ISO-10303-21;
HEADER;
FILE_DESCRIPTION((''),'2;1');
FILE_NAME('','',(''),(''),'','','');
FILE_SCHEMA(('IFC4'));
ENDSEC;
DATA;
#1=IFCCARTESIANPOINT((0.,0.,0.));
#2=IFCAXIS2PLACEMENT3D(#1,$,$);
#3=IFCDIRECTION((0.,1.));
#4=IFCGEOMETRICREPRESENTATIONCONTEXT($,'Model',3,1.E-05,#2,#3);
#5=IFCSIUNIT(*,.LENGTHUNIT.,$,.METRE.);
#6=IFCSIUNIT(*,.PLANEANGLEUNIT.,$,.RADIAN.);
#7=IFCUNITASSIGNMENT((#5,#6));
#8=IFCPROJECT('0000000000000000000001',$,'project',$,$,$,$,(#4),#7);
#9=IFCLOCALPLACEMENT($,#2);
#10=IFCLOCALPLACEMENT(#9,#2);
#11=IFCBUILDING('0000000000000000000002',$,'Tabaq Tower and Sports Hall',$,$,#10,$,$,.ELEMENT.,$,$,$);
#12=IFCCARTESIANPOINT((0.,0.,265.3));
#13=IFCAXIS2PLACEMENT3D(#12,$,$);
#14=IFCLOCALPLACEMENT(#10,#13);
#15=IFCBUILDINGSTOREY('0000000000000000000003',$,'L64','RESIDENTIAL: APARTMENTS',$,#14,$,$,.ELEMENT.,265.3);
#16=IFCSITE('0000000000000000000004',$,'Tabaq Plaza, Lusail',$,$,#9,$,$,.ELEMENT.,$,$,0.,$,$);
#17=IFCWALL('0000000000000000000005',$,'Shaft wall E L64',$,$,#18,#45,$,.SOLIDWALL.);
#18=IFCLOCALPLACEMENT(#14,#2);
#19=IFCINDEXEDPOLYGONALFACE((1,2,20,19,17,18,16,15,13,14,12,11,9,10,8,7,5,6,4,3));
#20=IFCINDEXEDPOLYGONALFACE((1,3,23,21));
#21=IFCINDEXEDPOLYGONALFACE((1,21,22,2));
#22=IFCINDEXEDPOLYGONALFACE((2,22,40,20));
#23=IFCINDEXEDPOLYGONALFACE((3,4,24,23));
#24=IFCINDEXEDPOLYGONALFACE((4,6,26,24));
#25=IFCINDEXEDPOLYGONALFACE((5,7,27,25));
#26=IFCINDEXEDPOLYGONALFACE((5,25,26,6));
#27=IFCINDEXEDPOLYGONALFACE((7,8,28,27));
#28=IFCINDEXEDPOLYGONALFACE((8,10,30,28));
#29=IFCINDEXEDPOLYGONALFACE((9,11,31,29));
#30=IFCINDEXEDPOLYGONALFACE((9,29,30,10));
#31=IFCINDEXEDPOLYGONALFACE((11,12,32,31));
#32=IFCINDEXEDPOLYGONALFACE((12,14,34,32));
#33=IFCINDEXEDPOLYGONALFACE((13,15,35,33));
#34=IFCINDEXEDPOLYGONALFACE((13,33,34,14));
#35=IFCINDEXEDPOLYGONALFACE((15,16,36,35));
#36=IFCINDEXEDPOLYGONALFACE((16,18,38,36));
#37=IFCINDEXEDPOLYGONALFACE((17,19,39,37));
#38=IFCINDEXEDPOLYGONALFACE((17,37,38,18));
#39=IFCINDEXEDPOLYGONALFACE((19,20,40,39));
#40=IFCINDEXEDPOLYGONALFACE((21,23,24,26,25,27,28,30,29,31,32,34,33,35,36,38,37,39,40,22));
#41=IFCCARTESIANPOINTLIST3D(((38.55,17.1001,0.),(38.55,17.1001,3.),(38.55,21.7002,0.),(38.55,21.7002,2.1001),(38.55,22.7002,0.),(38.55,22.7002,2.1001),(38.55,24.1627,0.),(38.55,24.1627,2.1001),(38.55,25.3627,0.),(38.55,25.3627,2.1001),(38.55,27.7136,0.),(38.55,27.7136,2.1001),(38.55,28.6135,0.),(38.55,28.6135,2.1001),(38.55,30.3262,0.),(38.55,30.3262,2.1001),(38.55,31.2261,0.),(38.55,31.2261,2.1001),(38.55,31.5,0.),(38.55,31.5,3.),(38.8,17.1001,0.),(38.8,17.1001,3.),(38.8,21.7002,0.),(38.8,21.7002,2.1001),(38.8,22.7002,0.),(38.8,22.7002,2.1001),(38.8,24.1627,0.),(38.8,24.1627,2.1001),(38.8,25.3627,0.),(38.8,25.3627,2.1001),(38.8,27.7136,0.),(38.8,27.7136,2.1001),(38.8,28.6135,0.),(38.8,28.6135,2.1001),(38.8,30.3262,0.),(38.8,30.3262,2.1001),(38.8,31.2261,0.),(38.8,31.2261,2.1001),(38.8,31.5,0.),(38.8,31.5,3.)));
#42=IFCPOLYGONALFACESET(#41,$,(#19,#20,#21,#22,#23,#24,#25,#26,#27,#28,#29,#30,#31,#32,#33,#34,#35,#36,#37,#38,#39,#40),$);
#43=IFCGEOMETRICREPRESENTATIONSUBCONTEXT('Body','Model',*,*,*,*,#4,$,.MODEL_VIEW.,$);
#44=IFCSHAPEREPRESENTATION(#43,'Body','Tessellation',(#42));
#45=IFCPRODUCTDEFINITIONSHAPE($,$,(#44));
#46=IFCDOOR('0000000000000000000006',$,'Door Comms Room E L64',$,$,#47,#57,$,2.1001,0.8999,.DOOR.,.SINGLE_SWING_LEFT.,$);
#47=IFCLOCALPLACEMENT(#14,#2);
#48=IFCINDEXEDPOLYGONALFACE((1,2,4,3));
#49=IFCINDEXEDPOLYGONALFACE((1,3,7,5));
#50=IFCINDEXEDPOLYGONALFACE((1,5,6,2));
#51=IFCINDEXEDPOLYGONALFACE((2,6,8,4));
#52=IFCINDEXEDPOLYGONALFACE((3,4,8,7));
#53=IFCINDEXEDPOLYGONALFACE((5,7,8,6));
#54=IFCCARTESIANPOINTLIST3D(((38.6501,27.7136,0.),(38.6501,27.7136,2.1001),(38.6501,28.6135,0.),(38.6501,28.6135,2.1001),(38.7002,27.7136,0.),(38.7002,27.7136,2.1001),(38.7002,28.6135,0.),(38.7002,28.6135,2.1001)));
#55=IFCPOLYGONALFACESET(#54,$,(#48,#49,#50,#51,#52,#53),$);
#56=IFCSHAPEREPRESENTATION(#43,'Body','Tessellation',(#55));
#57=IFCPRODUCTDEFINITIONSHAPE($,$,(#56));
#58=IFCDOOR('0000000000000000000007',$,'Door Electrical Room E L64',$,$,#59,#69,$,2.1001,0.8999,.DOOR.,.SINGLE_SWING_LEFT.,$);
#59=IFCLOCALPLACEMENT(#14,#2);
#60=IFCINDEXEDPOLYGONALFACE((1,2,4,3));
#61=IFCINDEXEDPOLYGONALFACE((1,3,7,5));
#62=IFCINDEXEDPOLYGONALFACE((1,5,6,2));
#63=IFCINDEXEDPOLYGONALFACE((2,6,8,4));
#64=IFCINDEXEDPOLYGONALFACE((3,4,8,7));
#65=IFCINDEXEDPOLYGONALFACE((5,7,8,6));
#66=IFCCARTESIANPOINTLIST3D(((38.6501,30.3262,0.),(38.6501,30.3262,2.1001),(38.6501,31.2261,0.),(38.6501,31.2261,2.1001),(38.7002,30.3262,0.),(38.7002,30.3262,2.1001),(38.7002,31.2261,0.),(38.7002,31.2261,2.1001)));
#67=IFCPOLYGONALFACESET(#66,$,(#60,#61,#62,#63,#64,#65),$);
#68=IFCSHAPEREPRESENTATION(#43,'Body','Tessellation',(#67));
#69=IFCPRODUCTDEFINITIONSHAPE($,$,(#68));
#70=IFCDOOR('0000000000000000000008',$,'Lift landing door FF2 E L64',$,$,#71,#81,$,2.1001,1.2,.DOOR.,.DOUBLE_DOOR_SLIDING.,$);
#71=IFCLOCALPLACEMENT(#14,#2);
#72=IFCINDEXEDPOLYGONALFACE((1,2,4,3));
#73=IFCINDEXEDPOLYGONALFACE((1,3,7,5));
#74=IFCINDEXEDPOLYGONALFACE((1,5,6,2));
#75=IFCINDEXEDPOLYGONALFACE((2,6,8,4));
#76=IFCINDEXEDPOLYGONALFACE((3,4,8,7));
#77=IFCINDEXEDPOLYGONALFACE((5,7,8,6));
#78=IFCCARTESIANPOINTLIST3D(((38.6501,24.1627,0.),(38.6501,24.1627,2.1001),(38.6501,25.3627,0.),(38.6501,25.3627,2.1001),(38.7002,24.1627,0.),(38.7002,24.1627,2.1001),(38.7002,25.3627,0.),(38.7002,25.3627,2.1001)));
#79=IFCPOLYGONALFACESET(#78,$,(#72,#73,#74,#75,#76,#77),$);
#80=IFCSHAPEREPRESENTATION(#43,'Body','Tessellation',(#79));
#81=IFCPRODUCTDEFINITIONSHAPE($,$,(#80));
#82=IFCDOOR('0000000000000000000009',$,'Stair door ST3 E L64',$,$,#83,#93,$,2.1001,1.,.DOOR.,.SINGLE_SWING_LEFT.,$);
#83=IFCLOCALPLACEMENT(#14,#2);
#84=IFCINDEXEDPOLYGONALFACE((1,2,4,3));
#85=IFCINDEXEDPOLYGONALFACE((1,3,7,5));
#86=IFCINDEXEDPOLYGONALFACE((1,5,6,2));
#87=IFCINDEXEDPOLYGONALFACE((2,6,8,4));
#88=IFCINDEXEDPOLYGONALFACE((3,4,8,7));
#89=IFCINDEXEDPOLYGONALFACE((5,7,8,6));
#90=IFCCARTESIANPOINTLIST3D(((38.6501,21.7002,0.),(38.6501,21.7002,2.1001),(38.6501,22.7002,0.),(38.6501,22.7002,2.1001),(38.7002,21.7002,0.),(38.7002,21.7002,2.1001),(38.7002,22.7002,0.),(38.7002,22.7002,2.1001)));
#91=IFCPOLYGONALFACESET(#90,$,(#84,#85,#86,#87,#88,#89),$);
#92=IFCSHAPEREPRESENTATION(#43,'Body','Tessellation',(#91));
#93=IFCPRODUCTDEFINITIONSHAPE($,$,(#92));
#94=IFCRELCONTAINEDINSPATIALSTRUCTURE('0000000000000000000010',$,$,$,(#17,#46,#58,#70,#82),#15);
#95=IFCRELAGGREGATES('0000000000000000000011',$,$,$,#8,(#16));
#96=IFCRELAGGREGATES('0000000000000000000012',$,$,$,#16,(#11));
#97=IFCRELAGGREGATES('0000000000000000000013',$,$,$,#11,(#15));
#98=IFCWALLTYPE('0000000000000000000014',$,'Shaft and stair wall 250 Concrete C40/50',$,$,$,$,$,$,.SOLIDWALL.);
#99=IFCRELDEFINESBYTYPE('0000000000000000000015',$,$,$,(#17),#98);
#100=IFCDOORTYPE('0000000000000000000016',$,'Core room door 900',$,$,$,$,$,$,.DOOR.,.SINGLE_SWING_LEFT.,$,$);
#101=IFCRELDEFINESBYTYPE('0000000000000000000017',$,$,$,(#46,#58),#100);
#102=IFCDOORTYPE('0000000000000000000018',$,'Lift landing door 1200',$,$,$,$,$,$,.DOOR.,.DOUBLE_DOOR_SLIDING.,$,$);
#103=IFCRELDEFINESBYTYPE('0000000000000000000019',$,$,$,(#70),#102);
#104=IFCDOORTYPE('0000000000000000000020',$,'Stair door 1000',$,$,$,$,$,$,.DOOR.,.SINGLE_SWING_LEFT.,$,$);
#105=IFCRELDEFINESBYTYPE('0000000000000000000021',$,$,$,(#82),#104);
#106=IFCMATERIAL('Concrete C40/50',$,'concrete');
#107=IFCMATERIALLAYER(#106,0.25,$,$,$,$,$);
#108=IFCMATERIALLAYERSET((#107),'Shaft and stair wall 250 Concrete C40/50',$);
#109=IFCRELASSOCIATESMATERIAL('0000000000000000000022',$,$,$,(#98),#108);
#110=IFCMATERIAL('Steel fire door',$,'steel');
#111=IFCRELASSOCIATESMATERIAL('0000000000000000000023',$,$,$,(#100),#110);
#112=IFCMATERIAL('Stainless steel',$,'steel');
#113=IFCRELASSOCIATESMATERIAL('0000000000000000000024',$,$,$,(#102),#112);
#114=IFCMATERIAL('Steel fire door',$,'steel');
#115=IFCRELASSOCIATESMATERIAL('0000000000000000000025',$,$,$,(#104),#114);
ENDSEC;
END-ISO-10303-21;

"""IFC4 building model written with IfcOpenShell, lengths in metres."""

from ifc_helpers import new_model, si_unit, direction, frame, frame_2d, origin, place, context, subcontext, project, spatial, rectangle, extrude, material, layer, layer_set, type_object, element, fill, save


model = new_model("IFC4")

# Units and contexts
model_context = context("Model", 3, precision=1e-05, world=origin(), true_north=direction((0.0, 1.0)))
body_context = subcontext(model_context, "Body", "Model", "MODEL_VIEW")
ifc_project = project(units=[si_unit("LENGTHUNIT", "METRE"), si_unit("PLANEANGLEUNIT", "RADIAN")], contexts=[model_context])

# Site, building, storey
site_placement = place(None, origin())
site = spatial("IfcSite", under=ifc_project, at=site_placement, Name="Tabaq Plaza, Lusail", CompositionType="ELEMENT", RefElevation=0.0)
building_placement = place(site_placement, origin())
building = spatial("IfcBuilding", under=site, at=building_placement, Name="Tabaq Tower and Sports Hall", CompositionType="ELEMENT")
storey_placement = place(building_placement, frame((0.0, 0.0, 265.3)))
storey = spatial("IfcBuildingStorey", under=building, at=storey_placement, Name="L64", Description="RESIDENTIAL: APARTMENTS", CompositionType="ELEMENT", Elevation=265.3)

# Wall, openings, doors
ifc_material_1 = material(Name="Concrete C40/50", Category="concrete")
ifc_layer = layer(ifc_material_1, 0.25)
ifc_layer_set = layer_set([ifc_layer], Name="Shaft and stair wall 250 Concrete C40/50")
wall_type = type_object("IfcWallType", Name="Shaft and stair wall 250 Concrete C40/50", PredefinedType="SOLIDWALL", material=ifc_layer_set)
wall_1_placement = place(storey_placement, frame((38.675, 17.1001, 0.0), z_axis=(0.0, 0.0, 1.0), x_axis=(0.0, 1.0, 0.0)))
wall_1 = element("IfcWall", 1, at=wall_1_placement, inside=storey, type_object=wall_type, Name="Shaft wall E L64", PredefinedType="SOLIDWALL", context=body_context, shape_type="SweptSolid", body=[
    extrude(rectangle(XDim=14.3999, YDim=0.25, at=frame_2d((7.2, 0.0))), origin(), (0.0, 0.0, 1.0), 3.0),
])
opening_1_placement = place(wall_1_placement, frame((4.6001, 0.0, 0.0)))
opening_1 = element("IfcOpeningElement", 2, at=opening_1_placement, cuts=wall_1, PredefinedType="OPENING", context=body_context, shape_type="SweptSolid", body=[
    extrude(rectangle(XDim=1.0, YDim=2.1001, at=frame_2d((0.5, 1.05))), frame((0.0, 0.125, 0.0), z_axis=(0.0, -1.0, 0.0), x_axis=(1.0, 0.0, 0.0)), (0.0, 0.0, 1.0), 0.25),
])
opening_2_placement = place(wall_1_placement, frame((7.0625, 0.0, 0.0)))
opening_2 = element("IfcOpeningElement", 3, at=opening_2_placement, cuts=wall_1, PredefinedType="OPENING", context=body_context, shape_type="SweptSolid", body=[
    extrude(rectangle(XDim=1.2, YDim=2.1001, at=frame_2d((0.6001, 1.05))), frame((0.0, 0.125, 0.0), z_axis=(0.0, -1.0, 0.0), x_axis=(1.0, 0.0, 0.0)), (0.0, 0.0, 1.0), 0.25),
])
opening_3_placement = place(wall_1_placement, frame((10.6135, 0.0, 0.0)))
opening_3 = element("IfcOpeningElement", 4, at=opening_3_placement, cuts=wall_1, PredefinedType="OPENING", context=body_context, shape_type="SweptSolid", body=[
    extrude(rectangle(XDim=0.8999, YDim=2.1001, at=frame_2d((0.45, 1.05))), frame((0.0, 0.125, 0.0), z_axis=(0.0, -1.0, 0.0), x_axis=(1.0, 0.0, 0.0)), (0.0, 0.0, 1.0), 0.25),
])
opening_4_placement = place(wall_1_placement, frame((13.2261, 0.0, 0.0)))
opening_4 = element("IfcOpeningElement", 5, at=opening_4_placement, cuts=wall_1, PredefinedType="OPENING", context=body_context, shape_type="SweptSolid", body=[
    extrude(rectangle(XDim=0.8999, YDim=2.1001, at=frame_2d((0.45, 1.05))), frame((0.0, 0.125, 0.0), z_axis=(0.0, -1.0, 0.0), x_axis=(1.0, 0.0, 0.0)), (0.0, 0.0, 1.0), 0.25),
])
ifc_material_2 = material(Name="Steel fire door", Category="steel")
door_type_1 = type_object("IfcDoorType", Name="Core room door 900", OperationType="SINGLE_SWING_LEFT", PredefinedType="DOOR", material=ifc_material_2)
door_1_placement = place(opening_3_placement, origin())
door_1 = element("IfcDoor", 6, at=door_1_placement, inside=storey, type_object=door_type_1, Name="Door Comms Room E L64", OperationType="SINGLE_SWING_LEFT", OverallHeight=2.1001, OverallWidth=0.8999, PredefinedType="DOOR", context=body_context, shape_type="SweptSolid", body=[
    extrude(rectangle(XDim=0.8999, YDim=2.1001, at=frame_2d((0.45, 1.05))), frame((0.0, 0.0249, 0.0), z_axis=(0.0, -1.0, 0.0), x_axis=(1.0, 0.0, 0.0)), (0.0, 0.0, 1.0), 0.05),
])
fill(opening_3, door_1)
door_2_placement = place(opening_4_placement, origin())
door_2 = element("IfcDoor", 7, at=door_2_placement, inside=storey, type_object=door_type_1, Name="Door Electrical Room E L64", OperationType="SINGLE_SWING_LEFT", OverallHeight=2.1001, OverallWidth=0.8999, PredefinedType="DOOR", context=body_context, shape_type="SweptSolid", body=[
    extrude(rectangle(XDim=0.8999, YDim=2.1001, at=frame_2d((0.45, 1.05))), frame((0.0, 0.0249, 0.0), z_axis=(0.0, -1.0, 0.0), x_axis=(1.0, 0.0, 0.0)), (0.0, 0.0, 1.0), 0.05),
])
fill(opening_4, door_2)
ifc_material_3 = material(Name="Stainless steel", Category="steel")
door_type_2 = type_object("IfcDoorType", Name="Lift landing door 1200", OperationType="DOUBLE_DOOR_SLIDING", PredefinedType="DOOR", material=ifc_material_3)
door_3_placement = place(opening_2_placement, origin())
door_3 = element("IfcDoor", 8, at=door_3_placement, inside=storey, type_object=door_type_2, Name="Lift landing door FF2 E L64", OperationType="DOUBLE_DOOR_SLIDING", OverallHeight=2.1001, OverallWidth=1.2, PredefinedType="DOOR", context=body_context, shape_type="SweptSolid", body=[
    extrude(rectangle(XDim=1.2, YDim=2.1001, at=frame_2d((0.6001, 1.05))), frame((0.0, 0.0249, 0.0), z_axis=(0.0, -1.0, 0.0), x_axis=(1.0, 0.0, 0.0)), (0.0, 0.0, 1.0), 0.05),
])
fill(opening_2, door_3)
ifc_material_4 = material(Name="Steel fire door", Category="steel")
door_type_3 = type_object("IfcDoorType", Name="Stair door 1000", OperationType="SINGLE_SWING_LEFT", PredefinedType="DOOR", material=ifc_material_4)
door_4_placement = place(opening_1_placement, origin())
door_4 = element("IfcDoor", 9, at=door_4_placement, inside=storey, type_object=door_type_3, Name="Stair door ST3 E L64", OperationType="SINGLE_SWING_LEFT", OverallHeight=2.1001, OverallWidth=1.0, PredefinedType="DOOR", context=body_context, shape_type="SweptSolid", body=[
    extrude(rectangle(XDim=1.0, YDim=2.1001, at=frame_2d((0.5, 1.05))), frame((0.0, 0.0249, 0.0), z_axis=(0.0, -1.0, 0.0), x_axis=(1.0, 0.0, 0.0)), (0.0, 0.0, 1.0), 0.05),
])
fill(opening_1, door_4)

save(model, "model.ifc")
